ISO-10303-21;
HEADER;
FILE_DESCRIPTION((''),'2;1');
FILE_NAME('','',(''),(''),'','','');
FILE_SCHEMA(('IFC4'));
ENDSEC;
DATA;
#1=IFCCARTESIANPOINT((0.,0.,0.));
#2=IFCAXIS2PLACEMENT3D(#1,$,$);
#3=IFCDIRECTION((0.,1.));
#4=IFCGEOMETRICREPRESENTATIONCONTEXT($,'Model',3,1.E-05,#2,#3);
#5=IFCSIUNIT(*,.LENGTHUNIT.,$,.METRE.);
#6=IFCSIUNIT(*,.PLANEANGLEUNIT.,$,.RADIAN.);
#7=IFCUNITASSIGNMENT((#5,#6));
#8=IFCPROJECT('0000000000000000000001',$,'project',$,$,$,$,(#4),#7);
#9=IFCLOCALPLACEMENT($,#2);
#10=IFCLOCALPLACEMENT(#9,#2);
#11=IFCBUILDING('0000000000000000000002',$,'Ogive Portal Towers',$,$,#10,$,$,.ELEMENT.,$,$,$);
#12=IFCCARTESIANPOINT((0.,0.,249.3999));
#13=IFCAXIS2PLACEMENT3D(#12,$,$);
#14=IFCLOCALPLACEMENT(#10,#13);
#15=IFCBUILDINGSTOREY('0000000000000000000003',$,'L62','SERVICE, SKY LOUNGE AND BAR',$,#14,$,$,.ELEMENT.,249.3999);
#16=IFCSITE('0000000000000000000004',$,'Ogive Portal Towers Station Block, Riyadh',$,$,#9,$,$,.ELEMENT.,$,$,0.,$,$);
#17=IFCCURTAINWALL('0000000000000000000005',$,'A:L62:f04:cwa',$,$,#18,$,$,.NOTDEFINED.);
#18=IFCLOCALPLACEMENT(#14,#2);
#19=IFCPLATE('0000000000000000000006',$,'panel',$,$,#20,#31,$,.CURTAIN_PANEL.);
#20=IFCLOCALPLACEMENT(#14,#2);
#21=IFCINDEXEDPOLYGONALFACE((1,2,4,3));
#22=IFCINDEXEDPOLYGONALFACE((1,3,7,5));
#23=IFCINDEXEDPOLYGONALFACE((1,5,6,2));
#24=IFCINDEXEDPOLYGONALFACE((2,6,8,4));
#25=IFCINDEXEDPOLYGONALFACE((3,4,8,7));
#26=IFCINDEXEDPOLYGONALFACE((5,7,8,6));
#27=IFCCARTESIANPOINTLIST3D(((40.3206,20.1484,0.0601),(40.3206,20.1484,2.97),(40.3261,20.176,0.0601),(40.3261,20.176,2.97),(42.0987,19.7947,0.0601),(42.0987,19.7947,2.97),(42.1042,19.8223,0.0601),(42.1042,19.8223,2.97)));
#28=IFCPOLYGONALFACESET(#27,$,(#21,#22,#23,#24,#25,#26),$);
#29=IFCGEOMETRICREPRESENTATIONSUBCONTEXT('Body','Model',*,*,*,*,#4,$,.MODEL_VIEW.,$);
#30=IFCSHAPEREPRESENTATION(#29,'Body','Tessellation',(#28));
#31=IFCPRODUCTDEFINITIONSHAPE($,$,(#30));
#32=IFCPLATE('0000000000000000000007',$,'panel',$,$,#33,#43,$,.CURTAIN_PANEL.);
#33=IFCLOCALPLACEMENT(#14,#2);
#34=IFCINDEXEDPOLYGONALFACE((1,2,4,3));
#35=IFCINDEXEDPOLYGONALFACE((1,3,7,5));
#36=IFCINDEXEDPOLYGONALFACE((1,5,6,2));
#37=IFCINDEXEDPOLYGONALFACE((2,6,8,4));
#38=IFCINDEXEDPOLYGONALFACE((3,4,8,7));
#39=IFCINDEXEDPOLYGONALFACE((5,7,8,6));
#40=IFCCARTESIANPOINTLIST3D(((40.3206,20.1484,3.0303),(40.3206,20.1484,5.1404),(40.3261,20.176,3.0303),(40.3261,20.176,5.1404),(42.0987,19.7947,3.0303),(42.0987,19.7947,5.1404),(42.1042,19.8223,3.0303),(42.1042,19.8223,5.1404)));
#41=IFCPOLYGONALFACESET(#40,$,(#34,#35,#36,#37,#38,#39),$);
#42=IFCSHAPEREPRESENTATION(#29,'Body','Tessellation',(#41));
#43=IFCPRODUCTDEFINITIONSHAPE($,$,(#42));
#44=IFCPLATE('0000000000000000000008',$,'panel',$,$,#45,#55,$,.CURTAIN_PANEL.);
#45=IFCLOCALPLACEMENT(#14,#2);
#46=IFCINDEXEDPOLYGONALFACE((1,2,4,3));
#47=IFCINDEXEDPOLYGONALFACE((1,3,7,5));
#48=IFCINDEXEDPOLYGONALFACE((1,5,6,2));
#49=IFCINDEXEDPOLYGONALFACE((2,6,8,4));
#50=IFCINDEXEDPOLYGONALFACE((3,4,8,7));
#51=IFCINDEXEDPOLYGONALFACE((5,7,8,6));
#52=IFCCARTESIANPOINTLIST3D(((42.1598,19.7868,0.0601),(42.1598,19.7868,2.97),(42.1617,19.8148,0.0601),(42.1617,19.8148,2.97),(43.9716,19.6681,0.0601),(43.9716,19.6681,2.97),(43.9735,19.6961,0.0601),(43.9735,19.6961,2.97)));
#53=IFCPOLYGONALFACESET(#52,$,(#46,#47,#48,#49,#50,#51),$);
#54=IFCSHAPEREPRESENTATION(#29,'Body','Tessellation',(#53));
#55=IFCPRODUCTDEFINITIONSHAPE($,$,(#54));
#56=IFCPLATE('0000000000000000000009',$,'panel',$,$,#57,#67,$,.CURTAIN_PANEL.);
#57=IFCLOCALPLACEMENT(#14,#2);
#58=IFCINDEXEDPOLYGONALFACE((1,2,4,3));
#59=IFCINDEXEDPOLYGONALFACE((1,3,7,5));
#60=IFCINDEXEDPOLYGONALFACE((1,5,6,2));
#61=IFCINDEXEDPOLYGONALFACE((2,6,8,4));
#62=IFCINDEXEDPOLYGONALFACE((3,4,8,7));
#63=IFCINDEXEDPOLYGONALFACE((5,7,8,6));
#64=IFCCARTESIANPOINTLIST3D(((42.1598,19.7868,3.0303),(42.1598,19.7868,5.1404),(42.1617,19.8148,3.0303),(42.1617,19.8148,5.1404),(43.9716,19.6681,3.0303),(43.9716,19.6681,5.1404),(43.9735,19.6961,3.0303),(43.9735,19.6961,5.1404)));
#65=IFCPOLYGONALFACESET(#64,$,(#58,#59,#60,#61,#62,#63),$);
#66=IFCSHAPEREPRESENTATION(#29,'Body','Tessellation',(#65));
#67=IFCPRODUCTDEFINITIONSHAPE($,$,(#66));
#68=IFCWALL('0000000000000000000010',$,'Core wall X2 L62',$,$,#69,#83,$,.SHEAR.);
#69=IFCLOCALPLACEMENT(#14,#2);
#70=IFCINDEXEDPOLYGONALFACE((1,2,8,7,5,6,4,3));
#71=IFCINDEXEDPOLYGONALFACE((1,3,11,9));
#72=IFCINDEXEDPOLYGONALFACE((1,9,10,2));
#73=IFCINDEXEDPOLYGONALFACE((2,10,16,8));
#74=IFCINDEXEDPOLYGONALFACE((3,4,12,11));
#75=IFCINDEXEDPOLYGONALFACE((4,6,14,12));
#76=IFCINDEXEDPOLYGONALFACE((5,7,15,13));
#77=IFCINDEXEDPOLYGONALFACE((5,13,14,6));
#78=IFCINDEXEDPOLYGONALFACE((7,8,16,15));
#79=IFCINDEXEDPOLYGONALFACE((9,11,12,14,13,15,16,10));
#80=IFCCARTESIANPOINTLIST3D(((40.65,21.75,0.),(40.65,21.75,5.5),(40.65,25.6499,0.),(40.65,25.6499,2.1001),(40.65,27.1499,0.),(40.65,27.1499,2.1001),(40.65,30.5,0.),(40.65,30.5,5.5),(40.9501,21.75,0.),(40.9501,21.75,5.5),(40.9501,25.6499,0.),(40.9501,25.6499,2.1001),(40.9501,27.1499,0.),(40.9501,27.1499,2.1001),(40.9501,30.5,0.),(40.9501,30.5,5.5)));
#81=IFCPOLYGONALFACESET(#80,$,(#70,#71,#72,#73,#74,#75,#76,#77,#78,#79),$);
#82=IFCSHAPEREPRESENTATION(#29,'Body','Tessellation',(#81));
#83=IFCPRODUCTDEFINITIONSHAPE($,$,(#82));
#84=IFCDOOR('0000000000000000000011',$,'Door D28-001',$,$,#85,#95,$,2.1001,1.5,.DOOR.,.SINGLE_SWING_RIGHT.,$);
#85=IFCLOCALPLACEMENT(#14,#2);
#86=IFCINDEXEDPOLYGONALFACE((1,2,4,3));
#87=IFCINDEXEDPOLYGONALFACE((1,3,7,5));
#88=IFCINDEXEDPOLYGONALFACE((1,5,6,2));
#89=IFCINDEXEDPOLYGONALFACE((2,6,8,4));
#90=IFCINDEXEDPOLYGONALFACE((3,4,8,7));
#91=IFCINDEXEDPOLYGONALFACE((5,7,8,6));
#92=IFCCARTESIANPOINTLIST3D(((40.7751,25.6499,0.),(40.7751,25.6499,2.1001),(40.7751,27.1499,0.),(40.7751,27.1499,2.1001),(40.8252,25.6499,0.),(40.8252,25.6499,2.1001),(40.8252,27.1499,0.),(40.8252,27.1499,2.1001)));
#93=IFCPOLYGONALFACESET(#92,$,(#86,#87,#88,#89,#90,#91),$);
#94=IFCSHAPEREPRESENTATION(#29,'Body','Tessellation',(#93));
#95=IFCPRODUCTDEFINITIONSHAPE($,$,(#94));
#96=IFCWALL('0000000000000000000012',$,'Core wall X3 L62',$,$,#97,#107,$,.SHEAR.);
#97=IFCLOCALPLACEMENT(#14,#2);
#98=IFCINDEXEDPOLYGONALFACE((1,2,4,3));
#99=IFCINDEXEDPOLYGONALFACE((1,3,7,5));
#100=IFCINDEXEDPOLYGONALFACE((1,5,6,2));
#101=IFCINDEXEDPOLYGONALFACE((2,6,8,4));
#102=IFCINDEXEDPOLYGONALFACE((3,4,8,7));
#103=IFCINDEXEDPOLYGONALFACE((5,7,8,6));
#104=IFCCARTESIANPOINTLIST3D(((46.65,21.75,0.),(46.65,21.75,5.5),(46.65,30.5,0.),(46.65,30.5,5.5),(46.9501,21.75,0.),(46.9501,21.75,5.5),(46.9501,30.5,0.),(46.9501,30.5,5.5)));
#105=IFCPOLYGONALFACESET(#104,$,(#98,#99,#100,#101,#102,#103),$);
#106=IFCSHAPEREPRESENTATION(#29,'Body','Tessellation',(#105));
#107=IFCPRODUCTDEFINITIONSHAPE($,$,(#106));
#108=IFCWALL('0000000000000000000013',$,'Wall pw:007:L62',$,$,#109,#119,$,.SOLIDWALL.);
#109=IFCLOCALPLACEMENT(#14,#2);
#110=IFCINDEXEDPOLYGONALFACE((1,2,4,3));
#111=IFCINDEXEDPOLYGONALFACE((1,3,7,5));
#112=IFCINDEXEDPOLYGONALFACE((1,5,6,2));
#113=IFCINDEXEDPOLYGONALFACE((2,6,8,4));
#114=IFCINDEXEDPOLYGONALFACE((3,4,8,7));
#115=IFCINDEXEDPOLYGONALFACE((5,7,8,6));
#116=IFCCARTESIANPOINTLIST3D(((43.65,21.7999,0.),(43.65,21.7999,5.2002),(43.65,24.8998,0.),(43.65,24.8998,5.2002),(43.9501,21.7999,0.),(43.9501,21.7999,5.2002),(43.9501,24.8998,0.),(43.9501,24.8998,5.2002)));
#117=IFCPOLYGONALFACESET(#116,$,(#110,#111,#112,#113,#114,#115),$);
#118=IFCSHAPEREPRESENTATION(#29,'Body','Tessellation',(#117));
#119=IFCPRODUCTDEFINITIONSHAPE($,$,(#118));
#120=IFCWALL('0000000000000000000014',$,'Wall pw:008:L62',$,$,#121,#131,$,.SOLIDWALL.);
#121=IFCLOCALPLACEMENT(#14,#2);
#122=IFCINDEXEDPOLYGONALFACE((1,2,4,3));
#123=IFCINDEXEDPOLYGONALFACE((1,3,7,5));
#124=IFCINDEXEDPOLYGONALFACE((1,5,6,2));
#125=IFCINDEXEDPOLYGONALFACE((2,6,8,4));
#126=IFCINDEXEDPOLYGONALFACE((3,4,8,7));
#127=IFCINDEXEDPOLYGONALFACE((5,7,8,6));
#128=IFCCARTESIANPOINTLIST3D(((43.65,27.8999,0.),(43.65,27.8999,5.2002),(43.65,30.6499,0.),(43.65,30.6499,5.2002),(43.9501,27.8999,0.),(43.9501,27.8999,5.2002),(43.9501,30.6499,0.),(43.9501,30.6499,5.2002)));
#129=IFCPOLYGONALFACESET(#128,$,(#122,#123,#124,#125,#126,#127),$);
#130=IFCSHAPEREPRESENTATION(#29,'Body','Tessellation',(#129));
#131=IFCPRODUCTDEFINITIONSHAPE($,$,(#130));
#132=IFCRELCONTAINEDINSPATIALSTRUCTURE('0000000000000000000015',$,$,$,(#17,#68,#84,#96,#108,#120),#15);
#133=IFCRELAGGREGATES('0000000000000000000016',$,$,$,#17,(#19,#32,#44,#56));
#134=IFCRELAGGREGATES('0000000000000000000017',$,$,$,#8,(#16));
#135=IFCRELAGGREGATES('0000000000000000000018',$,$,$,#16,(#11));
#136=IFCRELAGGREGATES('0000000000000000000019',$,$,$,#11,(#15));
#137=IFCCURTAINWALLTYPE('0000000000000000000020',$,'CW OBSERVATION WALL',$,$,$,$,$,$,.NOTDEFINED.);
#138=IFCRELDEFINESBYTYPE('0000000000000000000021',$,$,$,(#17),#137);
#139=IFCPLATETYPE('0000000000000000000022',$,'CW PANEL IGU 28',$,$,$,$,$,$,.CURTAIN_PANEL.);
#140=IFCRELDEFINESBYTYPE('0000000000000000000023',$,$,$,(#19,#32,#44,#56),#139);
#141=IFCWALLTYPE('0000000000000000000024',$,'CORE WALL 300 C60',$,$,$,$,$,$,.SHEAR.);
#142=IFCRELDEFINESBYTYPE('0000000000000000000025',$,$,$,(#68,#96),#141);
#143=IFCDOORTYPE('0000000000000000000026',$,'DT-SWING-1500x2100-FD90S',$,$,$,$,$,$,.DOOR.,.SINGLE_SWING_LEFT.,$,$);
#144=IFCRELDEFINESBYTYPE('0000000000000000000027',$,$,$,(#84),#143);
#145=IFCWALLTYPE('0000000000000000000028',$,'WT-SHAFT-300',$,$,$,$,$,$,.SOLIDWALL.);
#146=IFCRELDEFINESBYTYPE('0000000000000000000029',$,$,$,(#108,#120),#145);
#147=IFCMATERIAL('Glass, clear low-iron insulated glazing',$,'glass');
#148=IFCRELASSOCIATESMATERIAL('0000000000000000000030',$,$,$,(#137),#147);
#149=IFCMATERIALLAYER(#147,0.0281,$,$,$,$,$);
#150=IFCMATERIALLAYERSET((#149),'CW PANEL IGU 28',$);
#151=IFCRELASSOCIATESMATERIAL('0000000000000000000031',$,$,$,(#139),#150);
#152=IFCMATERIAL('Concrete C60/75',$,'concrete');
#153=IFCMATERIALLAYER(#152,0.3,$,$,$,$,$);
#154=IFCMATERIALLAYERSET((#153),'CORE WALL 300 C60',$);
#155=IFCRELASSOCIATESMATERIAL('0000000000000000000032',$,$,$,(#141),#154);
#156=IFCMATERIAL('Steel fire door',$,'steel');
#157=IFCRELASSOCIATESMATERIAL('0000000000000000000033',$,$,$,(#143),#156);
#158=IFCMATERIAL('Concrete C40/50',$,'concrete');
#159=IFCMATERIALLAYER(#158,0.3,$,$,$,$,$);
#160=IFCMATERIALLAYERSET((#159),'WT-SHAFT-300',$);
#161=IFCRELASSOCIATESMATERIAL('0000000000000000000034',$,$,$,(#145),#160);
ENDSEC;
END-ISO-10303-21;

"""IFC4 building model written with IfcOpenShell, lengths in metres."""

from ifc_helpers import new_model, si_unit, direction, frame, frame_2d, origin, origin_2d, place, context, subcontext, project, spatial, rectangle, extrude, material, layer, layer_set, type_object, element, fill, aggregate, save


model = new_model("IFC4")

# Units and contexts
model_context = context("Model", 3, precision=1e-05, world=origin(), true_north=direction((0.0, 1.0)))
body_context = subcontext(model_context, "Body", "Model", "MODEL_VIEW")
ifc_project = project(units=[si_unit("LENGTHUNIT", "METRE"), si_unit("PLANEANGLEUNIT", "RADIAN")], contexts=[model_context])

# Site, building, storey
site_placement = place(None, origin())
site = spatial("IfcSite", under=ifc_project, at=site_placement, Name="Ogive Portal Towers Station Block, Riyadh", CompositionType="ELEMENT", RefElevation=0.0)
building_placement = place(site_placement, origin())
building = spatial("IfcBuilding", under=site, at=building_placement, Name="Ogive Portal Towers", CompositionType="ELEMENT")
storey_placement = place(building_placement, frame((0.0, 0.0, 249.3999)))
storey = spatial("IfcBuildingStorey", under=building, at=storey_placement, Name="L62", Description="SERVICE, SKY LOUNGE AND BAR", CompositionType="ELEMENT", Elevation=249.3999)

# Shared definitions
ifc_material_1 = material(Name="Glass, clear low-iron insulated glazing", Category="glass")
curtain_wall_type = type_object("IfcCurtainWallType", Name="CW OBSERVATION WALL", PredefinedType="NOTDEFINED", material=ifc_material_1)

# Curtain wall
curtain_wall_1_placement = place(storey_placement, origin())
curtain_wall_1 = element("IfcCurtainWall", 1, at=curtain_wall_1_placement, inside=storey, type_object=curtain_wall_type, Name="A:L62:f04:cwa", PredefinedType="NOTDEFINED")

# Plates
ifc_layer_1 = layer(ifc_material_1, 0.0281)
ifc_layer_set_1 = layer_set([ifc_layer_1], Name="CW PANEL IGU 28")
plate_type = type_object("IfcPlateType", Name="CW PANEL IGU 28", PredefinedType="CURTAIN_PANEL", material=ifc_layer_set_1)
plate_1_placement = place(storey_placement, frame((41.2124, 19.9854, 0.0601), z_axis=(0.0, 0.0, 1.0), x_axis=(0.980785, -0.19509, 0.0)))
plate_1 = element("IfcPlate", 2, at=plate_1_placement, type_object=plate_type, Name="panel", PredefinedType="CURTAIN_PANEL", context=body_context, shape_type="SweptSolid", body=[
    extrude(rectangle(XDim=1.813, YDim=0.0281, at=origin_2d()), origin(), (0.0, 0.0, 1.0), 2.9099),
])
plate_2_placement = place(storey_placement, frame((41.2124, 19.9854, 3.0303), z_axis=(0.0, 0.0, 1.0), x_axis=(0.980785, -0.19509, 0.0)))
plate_2 = element("IfcPlate", 3, at=plate_2_placement, type_object=plate_type, Name="panel", PredefinedType="CURTAIN_PANEL", context=body_context, shape_type="SweptSolid", body=[
    extrude(rectangle(XDim=1.813, YDim=0.0281, at=origin_2d()), origin(), (0.0, 0.0, 1.0), 2.1101),
])
plate_3_placement = place(storey_placement, frame((43.0667, 19.7415, 0.0601), z_axis=(0.0, 0.0, 1.0), x_axis=(0.997859, -0.065403, 0.0)))
plate_3 = element("IfcPlate", 4, at=plate_3_placement, type_object=plate_type, Name="panel", PredefinedType="CURTAIN_PANEL", context=body_context, shape_type="SweptSolid", body=[
    extrude(rectangle(XDim=1.8157, YDim=0.0281, at=origin_2d()), origin(), (0.0, 0.0, 1.0), 2.9099),
])
plate_4_placement = place(storey_placement, frame((43.0667, 19.7415, 3.0303), z_axis=(0.0, 0.0, 1.0), x_axis=(0.997859, -0.065403, 0.0)))
plate_4 = element("IfcPlate", 5, at=plate_4_placement, type_object=plate_type, Name="panel", PredefinedType="CURTAIN_PANEL", context=body_context, shape_type="SweptSolid", body=[
    extrude(rectangle(XDim=1.8157, YDim=0.0281, at=origin_2d()), origin(), (0.0, 0.0, 1.0), 2.1101),
])
aggregate(curtain_wall_1, [plate_1, plate_2, plate_3, plate_4])

# Wall, opening, door
ifc_material_2 = material(Name="Concrete C60/75", Category="concrete")
ifc_layer_2 = layer(ifc_material_2, 0.3)
ifc_layer_set_2 = layer_set([ifc_layer_2], Name="CORE WALL 300 C60")
wall_type_1 = type_object("IfcWallType", Name="CORE WALL 300 C60", PredefinedType="SHEAR", material=ifc_layer_set_2)
wall_1_placement = place(storey_placement, frame((40.8, 21.75, 0.0), z_axis=(0.0, 0.0, 1.0), x_axis=(0.0, 1.0, 0.0)))
wall_1 = element("IfcWall", 6, at=wall_1_placement, inside=storey, type_object=wall_type_1, Name="Core wall X2 L62", PredefinedType="SHEAR", context=body_context, shape_type="SweptSolid", body=[
    extrude(rectangle(XDim=8.75, YDim=0.3, at=frame_2d((4.375, 0.0))), origin(), (0.0, 0.0, 1.0), 5.5),
])
opening_1_placement = place(wall_1_placement, frame((3.8999, 0.0, 0.0)))
opening_1 = element("IfcOpeningElement", 7, at=opening_1_placement, cuts=wall_1, PredefinedType="OPENING", context=body_context, shape_type="SweptSolid", body=[
    extrude(rectangle(XDim=1.5, YDim=2.1001, at=frame_2d((0.75, 1.05))), frame((0.0, 0.1602, 0.0), z_axis=(0.0, -1.0, 0.0), x_axis=(1.0, 0.0, 0.0)), (0.0, 0.0, 1.0), 0.3201),
])
ifc_material_3 = material(Name="Steel fire door", Category="steel")
door_type_1 = type_object("IfcDoorType", Name="DT-SWING-1500x2100-FD90S", OperationType="SINGLE_SWING_LEFT", PredefinedType="DOOR", material=ifc_material_3)
door_1_placement = place(opening_1_placement, origin())
door_1 = element("IfcDoor", 8, at=door_1_placement, inside=storey, type_object=door_type_1, Name="Door D28-001", OperationType="SINGLE_SWING_RIGHT", OverallHeight=2.1001, OverallWidth=1.5, PredefinedType="DOOR", context=body_context, shape_type="SweptSolid", body=[
    extrude(rectangle(XDim=1.5, YDim=2.1001, at=frame_2d((0.75, 1.05))), frame((0.0, 0.0249, 0.0), z_axis=(0.0, -1.0, 0.0), x_axis=(1.0, 0.0, 0.0)), (0.0, 0.0, 1.0), 0.05),
])
fill(opening_1, door_1)

# Wall
wall_2_placement = place(storey_placement, frame((46.8, 21.75, 0.0), z_axis=(0.0, 0.0, 1.0), x_axis=(0.0, 1.0, 0.0)))
element("IfcWall", 9, at=wall_2_placement, inside=storey, type_object=wall_type_1, Name="Core wall X3 L62", PredefinedType="SHEAR", context=body_context, shape_type="SweptSolid", body=[
    extrude(rectangle(XDim=8.75, YDim=0.3, at=frame_2d((4.375, 0.0))), origin(), (0.0, 0.0, 1.0), 5.5),
])

# Shared definitions
ifc_material_4 = material(Name="Concrete C40/50", Category="concrete")
ifc_layer_3 = layer(ifc_material_4, 0.3)
ifc_layer_set_3 = layer_set([ifc_layer_3], Name="WT-SHAFT-300")
wall_type_2 = type_object("IfcWallType", Name="WT-SHAFT-300", PredefinedType="SOLIDWALL", material=ifc_layer_set_3)

# Walls
wall_3_placement = place(storey_placement, frame((43.8, 21.8, 0.0), z_axis=(0.0, 0.0, 1.0), x_axis=(0.0, 1.0, 0.0)))
element("IfcWall", 10, at=wall_3_placement, inside=storey, type_object=wall_type_2, Name="Wall pw:007:L62", PredefinedType="SOLIDWALL", context=body_context, shape_type="SweptSolid", body=[
    extrude(rectangle(XDim=3.0999, YDim=0.3, at=frame_2d((1.5498, 0.0))), origin(), (0.0, 0.0, 1.0), 5.2002),
])
wall_4_placement = place(storey_placement, frame((43.8, 27.8999, 0.0), z_axis=(0.0, 0.0, 1.0), x_axis=(0.0, 1.0, 0.0)))
element("IfcWall", 11, at=wall_4_placement, inside=storey, type_object=wall_type_2, Name="Wall pw:008:L62", PredefinedType="SOLIDWALL", context=body_context, shape_type="SweptSolid", body=[
    extrude(rectangle(XDim=2.75, YDim=0.3, at=frame_2d((1.375, 0.0))), origin(), (0.0, 0.0, 1.0), 5.2002),
])

save(model, "model.ifc")
